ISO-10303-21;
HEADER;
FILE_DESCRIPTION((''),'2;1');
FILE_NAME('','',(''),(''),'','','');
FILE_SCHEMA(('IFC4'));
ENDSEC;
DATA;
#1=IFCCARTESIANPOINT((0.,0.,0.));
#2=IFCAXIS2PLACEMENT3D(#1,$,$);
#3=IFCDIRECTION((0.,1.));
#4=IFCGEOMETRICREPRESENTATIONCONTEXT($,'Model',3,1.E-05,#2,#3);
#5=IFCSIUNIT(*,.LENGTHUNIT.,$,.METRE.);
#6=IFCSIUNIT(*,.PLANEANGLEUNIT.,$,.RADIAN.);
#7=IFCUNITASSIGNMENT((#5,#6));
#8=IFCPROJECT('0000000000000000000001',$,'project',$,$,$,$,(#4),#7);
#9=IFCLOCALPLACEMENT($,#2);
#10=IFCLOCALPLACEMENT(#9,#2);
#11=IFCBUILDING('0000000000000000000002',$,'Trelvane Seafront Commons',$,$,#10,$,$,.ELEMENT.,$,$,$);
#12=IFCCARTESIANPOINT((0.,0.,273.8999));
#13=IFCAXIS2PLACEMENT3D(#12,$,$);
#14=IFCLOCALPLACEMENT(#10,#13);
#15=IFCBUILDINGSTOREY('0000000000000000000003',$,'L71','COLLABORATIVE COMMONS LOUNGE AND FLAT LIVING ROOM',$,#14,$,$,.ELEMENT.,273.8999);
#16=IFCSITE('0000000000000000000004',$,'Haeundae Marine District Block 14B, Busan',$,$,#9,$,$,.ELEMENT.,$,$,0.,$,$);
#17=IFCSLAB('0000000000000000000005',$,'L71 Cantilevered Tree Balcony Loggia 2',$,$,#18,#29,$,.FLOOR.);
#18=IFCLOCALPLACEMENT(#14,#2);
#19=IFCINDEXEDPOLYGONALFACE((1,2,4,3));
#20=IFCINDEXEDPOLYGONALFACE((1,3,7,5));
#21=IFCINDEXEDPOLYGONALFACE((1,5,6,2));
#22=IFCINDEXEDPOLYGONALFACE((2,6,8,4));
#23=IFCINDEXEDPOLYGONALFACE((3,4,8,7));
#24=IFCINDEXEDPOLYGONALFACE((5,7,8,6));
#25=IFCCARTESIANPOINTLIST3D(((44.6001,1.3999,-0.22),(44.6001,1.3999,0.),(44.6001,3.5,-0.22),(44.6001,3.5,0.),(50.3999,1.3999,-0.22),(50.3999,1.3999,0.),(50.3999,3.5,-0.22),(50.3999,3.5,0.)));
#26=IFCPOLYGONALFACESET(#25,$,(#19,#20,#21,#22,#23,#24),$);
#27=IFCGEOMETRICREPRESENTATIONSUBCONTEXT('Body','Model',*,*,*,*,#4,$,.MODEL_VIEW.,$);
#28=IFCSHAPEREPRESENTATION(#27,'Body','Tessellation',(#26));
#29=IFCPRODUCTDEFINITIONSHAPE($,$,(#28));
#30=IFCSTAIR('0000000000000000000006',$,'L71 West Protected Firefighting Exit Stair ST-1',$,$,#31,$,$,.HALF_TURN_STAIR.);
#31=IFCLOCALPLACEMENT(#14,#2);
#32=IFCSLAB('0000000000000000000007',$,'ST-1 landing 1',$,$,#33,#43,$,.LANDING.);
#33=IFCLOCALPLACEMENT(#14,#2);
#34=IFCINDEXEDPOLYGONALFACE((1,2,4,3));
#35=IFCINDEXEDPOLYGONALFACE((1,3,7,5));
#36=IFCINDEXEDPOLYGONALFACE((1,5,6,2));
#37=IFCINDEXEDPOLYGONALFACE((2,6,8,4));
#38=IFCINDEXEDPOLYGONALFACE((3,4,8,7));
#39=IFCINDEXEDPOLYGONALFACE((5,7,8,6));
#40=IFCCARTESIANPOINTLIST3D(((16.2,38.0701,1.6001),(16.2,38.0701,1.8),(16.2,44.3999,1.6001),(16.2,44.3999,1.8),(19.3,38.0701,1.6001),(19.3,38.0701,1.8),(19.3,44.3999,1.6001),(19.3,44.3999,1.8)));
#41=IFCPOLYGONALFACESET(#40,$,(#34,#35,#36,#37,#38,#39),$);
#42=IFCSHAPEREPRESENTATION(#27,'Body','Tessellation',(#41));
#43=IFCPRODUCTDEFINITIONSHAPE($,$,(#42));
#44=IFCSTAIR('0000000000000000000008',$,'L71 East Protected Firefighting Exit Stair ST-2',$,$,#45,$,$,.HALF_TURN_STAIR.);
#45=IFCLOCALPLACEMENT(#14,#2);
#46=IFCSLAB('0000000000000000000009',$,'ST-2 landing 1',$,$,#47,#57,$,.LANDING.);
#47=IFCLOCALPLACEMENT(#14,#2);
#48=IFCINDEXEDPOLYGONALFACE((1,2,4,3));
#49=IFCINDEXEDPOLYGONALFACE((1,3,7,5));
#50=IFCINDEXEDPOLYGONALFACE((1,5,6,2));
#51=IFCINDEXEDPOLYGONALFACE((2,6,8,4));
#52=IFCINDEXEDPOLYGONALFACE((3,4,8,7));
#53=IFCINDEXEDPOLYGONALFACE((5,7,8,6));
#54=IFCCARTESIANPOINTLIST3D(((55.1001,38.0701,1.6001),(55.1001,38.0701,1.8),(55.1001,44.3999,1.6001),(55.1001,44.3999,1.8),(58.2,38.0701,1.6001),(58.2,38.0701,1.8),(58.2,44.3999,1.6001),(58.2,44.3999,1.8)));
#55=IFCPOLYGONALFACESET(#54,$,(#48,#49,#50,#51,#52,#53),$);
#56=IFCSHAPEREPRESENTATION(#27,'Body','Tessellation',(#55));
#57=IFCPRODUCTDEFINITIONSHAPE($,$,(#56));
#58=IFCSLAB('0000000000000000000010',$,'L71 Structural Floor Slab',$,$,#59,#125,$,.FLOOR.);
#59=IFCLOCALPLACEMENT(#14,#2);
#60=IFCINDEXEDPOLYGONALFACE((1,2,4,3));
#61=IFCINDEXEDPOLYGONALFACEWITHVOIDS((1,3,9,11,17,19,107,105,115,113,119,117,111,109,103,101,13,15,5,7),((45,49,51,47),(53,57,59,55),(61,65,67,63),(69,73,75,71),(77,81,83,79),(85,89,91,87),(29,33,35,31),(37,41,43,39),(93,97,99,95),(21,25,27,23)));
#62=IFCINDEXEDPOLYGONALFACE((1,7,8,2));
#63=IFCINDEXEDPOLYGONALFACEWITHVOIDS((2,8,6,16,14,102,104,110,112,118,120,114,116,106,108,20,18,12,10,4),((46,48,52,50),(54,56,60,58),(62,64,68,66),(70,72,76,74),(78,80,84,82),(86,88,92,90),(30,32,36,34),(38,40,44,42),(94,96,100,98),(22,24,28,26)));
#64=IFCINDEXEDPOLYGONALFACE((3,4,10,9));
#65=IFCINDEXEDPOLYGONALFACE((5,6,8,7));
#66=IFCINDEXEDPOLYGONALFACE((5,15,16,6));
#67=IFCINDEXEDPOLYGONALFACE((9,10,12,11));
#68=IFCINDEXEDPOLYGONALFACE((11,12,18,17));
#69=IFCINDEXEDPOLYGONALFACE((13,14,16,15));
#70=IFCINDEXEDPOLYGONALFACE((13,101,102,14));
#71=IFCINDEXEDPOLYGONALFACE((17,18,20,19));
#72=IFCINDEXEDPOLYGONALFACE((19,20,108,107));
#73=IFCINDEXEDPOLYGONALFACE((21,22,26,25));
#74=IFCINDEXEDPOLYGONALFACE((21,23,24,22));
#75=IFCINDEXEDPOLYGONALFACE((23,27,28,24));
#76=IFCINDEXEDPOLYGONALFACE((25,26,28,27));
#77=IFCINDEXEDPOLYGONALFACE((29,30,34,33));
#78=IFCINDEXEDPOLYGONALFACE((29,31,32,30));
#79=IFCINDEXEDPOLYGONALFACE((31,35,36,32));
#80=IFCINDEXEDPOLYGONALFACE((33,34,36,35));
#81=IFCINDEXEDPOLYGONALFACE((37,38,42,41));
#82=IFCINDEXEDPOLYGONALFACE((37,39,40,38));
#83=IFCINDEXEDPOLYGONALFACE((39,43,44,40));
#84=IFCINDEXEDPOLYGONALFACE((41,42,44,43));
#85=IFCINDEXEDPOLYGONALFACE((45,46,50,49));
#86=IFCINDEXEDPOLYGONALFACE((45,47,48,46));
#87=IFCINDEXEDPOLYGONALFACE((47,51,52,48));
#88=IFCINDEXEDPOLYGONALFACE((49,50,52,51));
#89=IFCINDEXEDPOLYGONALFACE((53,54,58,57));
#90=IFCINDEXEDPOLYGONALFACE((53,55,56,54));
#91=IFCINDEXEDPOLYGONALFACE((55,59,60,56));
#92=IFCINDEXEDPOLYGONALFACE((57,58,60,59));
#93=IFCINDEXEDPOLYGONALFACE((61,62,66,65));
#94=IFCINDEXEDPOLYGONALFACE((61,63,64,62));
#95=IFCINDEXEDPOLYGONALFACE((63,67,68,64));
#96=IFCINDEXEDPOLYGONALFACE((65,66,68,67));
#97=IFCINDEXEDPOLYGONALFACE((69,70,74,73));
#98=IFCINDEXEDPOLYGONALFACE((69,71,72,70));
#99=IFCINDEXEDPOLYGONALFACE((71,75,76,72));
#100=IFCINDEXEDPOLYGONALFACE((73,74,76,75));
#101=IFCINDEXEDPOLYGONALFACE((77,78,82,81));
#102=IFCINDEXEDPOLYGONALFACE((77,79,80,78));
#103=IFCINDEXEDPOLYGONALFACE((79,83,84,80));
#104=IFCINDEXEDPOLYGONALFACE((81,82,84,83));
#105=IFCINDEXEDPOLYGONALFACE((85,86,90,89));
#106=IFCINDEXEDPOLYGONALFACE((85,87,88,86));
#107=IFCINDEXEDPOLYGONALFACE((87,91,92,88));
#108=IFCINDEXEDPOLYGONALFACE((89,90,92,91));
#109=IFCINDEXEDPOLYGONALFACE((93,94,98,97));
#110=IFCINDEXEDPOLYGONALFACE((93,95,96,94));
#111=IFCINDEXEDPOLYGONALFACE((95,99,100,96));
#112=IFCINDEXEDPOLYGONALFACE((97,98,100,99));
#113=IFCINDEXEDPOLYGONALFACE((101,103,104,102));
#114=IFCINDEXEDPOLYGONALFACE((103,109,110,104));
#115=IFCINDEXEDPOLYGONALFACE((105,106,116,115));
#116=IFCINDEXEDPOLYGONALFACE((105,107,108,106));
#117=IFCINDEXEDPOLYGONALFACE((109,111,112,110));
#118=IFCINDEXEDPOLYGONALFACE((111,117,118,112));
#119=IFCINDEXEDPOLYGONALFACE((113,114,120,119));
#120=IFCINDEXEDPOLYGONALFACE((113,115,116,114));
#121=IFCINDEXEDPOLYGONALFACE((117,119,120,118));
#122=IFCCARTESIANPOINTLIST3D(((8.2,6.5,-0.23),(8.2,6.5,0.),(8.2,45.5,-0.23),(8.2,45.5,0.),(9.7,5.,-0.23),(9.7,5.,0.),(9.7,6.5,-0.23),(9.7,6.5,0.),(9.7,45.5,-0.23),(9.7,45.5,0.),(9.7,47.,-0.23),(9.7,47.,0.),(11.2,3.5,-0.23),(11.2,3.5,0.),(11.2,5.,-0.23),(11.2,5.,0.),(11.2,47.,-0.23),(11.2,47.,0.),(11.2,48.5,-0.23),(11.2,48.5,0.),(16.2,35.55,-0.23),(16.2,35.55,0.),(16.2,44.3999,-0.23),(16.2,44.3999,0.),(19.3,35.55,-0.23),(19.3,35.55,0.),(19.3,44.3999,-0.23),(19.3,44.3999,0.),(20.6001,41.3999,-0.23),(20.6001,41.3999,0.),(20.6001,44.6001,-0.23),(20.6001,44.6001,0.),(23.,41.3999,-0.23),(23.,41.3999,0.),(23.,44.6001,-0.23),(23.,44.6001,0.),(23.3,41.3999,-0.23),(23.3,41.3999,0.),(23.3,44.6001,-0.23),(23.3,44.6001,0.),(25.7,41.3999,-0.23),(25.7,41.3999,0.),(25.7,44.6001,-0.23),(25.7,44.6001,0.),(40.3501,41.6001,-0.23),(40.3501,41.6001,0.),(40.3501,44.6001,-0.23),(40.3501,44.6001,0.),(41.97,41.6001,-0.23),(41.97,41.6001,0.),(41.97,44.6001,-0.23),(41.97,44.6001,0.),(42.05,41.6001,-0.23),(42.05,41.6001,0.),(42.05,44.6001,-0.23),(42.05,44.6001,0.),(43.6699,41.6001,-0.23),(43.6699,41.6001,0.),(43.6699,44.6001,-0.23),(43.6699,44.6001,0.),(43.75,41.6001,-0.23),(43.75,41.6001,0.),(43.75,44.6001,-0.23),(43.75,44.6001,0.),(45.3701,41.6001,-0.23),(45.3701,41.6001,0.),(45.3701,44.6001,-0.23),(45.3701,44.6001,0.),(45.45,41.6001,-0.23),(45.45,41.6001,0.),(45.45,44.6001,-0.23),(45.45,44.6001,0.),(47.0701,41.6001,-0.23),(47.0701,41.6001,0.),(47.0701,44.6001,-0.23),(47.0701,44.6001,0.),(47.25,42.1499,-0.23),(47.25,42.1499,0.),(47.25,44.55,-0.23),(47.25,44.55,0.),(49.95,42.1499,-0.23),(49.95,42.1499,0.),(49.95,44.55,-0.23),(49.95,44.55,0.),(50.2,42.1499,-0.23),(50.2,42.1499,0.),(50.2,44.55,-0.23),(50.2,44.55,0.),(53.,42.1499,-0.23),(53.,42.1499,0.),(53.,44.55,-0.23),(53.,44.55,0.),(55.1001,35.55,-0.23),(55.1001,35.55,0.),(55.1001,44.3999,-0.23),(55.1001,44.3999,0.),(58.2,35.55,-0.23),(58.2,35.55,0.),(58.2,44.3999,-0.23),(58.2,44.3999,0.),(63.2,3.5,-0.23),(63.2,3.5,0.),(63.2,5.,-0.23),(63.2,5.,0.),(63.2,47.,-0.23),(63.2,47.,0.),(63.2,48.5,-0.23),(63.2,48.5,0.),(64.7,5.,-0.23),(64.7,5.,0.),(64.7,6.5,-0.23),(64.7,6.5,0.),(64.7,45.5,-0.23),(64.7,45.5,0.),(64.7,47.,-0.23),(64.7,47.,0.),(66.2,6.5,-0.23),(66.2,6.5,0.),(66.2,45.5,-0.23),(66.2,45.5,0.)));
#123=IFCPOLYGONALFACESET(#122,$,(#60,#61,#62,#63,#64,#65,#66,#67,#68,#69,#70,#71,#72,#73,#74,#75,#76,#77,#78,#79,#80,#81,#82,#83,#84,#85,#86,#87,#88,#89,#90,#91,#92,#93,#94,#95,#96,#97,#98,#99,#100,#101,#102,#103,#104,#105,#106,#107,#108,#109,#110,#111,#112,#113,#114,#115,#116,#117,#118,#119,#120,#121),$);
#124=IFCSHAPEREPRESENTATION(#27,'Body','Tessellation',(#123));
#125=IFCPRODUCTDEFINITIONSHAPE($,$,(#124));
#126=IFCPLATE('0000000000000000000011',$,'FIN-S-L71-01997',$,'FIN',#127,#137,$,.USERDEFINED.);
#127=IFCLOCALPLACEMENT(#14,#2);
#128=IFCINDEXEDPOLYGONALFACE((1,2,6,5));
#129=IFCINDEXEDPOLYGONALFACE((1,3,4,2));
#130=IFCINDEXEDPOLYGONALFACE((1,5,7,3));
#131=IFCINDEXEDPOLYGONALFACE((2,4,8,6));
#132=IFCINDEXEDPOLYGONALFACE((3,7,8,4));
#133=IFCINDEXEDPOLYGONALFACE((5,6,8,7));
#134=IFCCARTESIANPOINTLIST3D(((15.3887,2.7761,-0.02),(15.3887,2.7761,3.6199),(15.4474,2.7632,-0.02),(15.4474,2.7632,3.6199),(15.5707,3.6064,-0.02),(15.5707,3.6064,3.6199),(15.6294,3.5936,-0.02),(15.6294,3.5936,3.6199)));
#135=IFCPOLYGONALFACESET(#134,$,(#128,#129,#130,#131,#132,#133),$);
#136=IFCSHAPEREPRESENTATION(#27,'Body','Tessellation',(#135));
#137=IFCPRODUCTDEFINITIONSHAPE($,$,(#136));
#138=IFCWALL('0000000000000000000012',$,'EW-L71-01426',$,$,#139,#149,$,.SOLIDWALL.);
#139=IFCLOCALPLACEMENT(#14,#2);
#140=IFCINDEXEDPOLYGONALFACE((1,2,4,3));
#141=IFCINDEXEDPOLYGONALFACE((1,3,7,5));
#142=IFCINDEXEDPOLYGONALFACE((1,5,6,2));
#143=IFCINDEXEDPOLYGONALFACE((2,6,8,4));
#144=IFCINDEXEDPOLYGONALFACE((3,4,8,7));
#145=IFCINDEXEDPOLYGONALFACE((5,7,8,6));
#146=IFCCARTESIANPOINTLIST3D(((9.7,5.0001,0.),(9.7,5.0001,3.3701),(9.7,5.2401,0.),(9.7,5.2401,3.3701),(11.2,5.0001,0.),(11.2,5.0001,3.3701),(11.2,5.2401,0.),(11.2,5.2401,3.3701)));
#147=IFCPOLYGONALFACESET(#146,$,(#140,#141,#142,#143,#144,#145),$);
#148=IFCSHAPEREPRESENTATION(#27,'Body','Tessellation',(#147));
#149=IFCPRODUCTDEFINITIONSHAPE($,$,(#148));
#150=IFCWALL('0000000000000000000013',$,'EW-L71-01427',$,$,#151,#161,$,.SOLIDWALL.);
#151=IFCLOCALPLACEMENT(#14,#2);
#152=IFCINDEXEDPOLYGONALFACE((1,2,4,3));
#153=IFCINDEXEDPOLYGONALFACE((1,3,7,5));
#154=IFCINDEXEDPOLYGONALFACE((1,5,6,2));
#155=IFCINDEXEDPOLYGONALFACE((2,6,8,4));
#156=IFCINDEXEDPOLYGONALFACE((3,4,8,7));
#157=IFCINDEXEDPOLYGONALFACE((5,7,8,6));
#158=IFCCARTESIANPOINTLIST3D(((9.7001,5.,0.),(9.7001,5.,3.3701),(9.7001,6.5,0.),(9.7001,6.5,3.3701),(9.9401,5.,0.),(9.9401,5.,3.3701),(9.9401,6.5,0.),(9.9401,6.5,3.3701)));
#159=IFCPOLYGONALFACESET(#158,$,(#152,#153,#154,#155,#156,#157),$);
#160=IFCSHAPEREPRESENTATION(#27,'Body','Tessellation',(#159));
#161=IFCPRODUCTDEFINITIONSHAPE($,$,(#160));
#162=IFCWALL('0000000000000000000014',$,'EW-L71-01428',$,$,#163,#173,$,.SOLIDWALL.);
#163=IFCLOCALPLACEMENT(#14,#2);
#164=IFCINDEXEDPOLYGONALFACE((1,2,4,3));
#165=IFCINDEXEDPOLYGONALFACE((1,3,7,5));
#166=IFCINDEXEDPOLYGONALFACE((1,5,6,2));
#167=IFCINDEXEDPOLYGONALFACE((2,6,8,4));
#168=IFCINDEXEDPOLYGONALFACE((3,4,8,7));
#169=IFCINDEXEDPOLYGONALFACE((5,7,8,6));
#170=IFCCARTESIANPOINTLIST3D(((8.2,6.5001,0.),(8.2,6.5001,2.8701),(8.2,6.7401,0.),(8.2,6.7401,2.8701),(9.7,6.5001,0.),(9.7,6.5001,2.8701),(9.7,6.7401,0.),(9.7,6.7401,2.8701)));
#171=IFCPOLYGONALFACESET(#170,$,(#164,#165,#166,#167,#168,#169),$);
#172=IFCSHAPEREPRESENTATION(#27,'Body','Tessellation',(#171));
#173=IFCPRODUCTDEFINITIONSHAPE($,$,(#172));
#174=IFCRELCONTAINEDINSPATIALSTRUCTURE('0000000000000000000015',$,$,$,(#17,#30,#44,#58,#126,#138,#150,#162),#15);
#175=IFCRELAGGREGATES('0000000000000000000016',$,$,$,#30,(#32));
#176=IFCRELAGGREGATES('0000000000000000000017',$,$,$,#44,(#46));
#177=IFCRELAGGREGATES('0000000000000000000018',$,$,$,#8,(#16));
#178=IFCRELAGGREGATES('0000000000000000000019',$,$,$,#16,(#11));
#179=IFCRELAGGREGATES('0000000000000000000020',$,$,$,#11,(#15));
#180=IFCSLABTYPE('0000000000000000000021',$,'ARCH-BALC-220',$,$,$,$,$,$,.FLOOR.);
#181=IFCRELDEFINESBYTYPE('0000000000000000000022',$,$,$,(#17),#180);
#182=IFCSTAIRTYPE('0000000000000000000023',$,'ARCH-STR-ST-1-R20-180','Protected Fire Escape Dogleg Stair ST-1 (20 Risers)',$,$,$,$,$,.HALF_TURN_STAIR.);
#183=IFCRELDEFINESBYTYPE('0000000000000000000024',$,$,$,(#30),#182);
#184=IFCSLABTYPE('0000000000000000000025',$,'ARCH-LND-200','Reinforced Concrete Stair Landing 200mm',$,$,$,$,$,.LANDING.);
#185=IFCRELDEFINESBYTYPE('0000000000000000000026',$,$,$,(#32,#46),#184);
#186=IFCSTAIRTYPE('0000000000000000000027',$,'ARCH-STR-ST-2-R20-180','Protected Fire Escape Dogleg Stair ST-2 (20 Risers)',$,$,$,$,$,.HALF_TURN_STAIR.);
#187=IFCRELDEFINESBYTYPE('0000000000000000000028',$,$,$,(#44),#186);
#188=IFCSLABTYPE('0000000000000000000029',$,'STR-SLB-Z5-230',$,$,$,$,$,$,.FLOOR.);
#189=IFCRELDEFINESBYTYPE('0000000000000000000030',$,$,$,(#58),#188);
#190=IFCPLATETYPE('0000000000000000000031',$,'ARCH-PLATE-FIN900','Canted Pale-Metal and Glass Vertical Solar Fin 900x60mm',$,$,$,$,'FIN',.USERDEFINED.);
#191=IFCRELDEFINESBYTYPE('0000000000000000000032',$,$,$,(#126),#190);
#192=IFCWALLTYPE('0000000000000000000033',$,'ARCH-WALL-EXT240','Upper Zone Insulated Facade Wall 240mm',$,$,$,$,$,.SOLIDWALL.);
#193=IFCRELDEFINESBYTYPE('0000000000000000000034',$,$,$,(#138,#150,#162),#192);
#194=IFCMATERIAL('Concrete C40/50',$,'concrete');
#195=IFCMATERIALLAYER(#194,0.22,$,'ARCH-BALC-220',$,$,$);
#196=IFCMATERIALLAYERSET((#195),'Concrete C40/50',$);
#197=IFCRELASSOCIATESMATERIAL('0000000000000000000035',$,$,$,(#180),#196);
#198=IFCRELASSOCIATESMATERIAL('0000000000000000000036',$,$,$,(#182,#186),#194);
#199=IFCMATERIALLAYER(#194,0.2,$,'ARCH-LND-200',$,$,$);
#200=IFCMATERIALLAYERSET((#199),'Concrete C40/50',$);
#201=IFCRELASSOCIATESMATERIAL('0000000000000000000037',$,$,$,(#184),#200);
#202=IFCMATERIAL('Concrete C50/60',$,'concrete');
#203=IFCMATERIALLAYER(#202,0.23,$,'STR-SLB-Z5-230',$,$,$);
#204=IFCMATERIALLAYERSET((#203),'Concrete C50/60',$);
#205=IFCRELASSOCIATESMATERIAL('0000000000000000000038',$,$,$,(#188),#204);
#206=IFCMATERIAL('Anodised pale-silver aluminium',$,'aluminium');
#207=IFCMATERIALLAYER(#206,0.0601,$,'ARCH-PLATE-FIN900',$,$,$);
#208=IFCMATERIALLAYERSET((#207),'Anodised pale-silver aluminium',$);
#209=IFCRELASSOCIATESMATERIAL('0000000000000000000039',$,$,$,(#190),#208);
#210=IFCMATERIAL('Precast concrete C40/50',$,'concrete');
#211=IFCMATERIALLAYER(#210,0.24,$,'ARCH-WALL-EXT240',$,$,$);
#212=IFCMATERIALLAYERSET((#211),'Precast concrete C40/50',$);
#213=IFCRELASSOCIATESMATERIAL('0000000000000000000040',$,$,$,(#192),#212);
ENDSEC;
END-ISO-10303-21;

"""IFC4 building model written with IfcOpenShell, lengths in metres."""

from ifc_helpers import new_model, si_unit, direction, frame, frame_2d, origin, origin_2d, place, context, subcontext, project, spatial, polyline, rectangle, outline, extrude, source, transform, mapped, material, layer, layer_set, type_object, element, aggregate, save


model = new_model("IFC4")

# Units and contexts
model_context = context("Model", 3, precision=1e-05, world=origin(), true_north=direction((0.0, 1.0)))
body_context = subcontext(model_context, "Body", "Model", "MODEL_VIEW")
ifc_project = project(units=[si_unit("LENGTHUNIT", "METRE"), si_unit("PLANEANGLEUNIT", "RADIAN")], contexts=[model_context])

# Site, building, storey
site_placement = place(None, origin())
site = spatial("IfcSite", under=ifc_project, at=site_placement, Name="Haeundae Marine District Block 14B, Busan", CompositionType="ELEMENT", RefElevation=0.0)
building_placement = place(site_placement, origin())
building = spatial("IfcBuilding", under=site, at=building_placement, Name="Trelvane Seafront Commons", CompositionType="ELEMENT")
storey_placement = place(building_placement, frame((0.0, 0.0, 273.8999)))
storey = spatial("IfcBuildingStorey", under=building, at=storey_placement, Name="L71", Description="COLLABORATIVE COMMONS LOUNGE AND FLAT LIVING ROOM", CompositionType="ELEMENT", Elevation=273.8999)

# Slab
ifc_material_1 = material(Name="Concrete C40/50", Category="concrete")
ifc_layer_1 = layer(ifc_material_1, 0.22, Name="ARCH-BALC-220")
ifc_layer_set_1 = layer_set([ifc_layer_1], Name="Concrete C40/50")
slab_type_1 = type_object("IfcSlabType", Name="ARCH-BALC-220", PredefinedType="FLOOR", material=ifc_layer_set_1)
slab_1_placement = place(storey_placement, frame((0.0, 0.0, -0.22)))
element("IfcSlab", 1, at=slab_1_placement, inside=storey, type_object=slab_type_1, Name="L71 Cantilevered Tree Balcony Loggia 2", PredefinedType="FLOOR", context=body_context, shape_type="SweptSolid", body=[
    extrude(outline(polyline([(44.6001, 1.3999), (50.3999, 1.3999), (50.3999, 3.5), (44.6001, 3.5), (44.6001, 1.3999)])), origin(), (0.0, 0.0, 1.0), 0.22),
])

# Stairs, slabs
stair_type_1 = type_object("IfcStairType", Name="ARCH-STR-ST-1-R20-180", Description="Protected Fire Escape Dogleg Stair ST-1 (20 Risers)", PredefinedType="HALF_TURN_STAIR", material=ifc_material_1)
stair_1_placement = place(storey_placement, origin())
stair_1 = element("IfcStair", 2, at=stair_1_placement, inside=storey, type_object=stair_type_1, Name="L71 West Protected Firefighting Exit Stair ST-1", PredefinedType="HALF_TURN_STAIR")
ifc_layer_2 = layer(ifc_material_1, 0.2, Name="ARCH-LND-200")
ifc_layer_set_2 = layer_set([ifc_layer_2], Name="Concrete C40/50")
slab_type_2 = type_object("IfcSlabType", Name="ARCH-LND-200", Description="Reinforced Concrete Stair Landing 200mm", PredefinedType="LANDING", material=ifc_layer_set_2)
slab_2_placement = place(storey_placement, frame((0.0, 0.0, 1.6001)))
slab_2 = element("IfcSlab", 3, at=slab_2_placement, type_object=slab_type_2, Name="ST-1 landing 1", PredefinedType="LANDING", context=body_context, shape_type="SweptSolid", body=[
    extrude(outline(polyline([(19.3, 38.0701), (19.3, 44.3999), (16.2, 44.3999), (16.2, 38.0701), (19.3, 38.0701)])), origin(), (0.0, 0.0, 1.0), 0.2),
])
aggregate(stair_1, [slab_2])
stair_type_2 = type_object("IfcStairType", Name="ARCH-STR-ST-2-R20-180", Description="Protected Fire Escape Dogleg Stair ST-2 (20 Risers)", PredefinedType="HALF_TURN_STAIR", material=ifc_material_1)
stair_2_placement = place(storey_placement, origin())
stair_2 = element("IfcStair", 4, at=stair_2_placement, inside=storey, type_object=stair_type_2, Name="L71 East Protected Firefighting Exit Stair ST-2", PredefinedType="HALF_TURN_STAIR")
slab_3_placement = place(storey_placement, frame((0.0, 0.0, 1.6001)))
slab_3 = element("IfcSlab", 5, at=slab_3_placement, type_object=slab_type_2, Name="ST-2 landing 1", PredefinedType="LANDING", context=body_context, shape_type="SweptSolid", body=[
    extrude(outline(polyline([(58.2, 38.0701), (58.2, 44.3999), (55.1001, 44.3999), (55.1001, 38.0701), (58.2, 38.0701)])), origin(), (0.0, 0.0, 1.0), 0.2),
])
aggregate(stair_2, [slab_3])

# Slab
ifc_material_2 = material(Name="Concrete C50/60", Category="concrete")
ifc_layer_3 = layer(ifc_material_2, 0.23, Name="STR-SLB-Z5-230")
ifc_layer_set_3 = layer_set([ifc_layer_3], Name="Concrete C50/60")
slab_type_3 = type_object("IfcSlabType", Name="STR-SLB-Z5-230", PredefinedType="FLOOR", material=ifc_layer_set_3)
slab_4_placement = place(storey_placement, frame((0.0, 0.0, -0.23)))
element("IfcSlab", 6, at=slab_4_placement, inside=storey, type_object=slab_type_3, Name="L71 Structural Floor Slab", PredefinedType="FLOOR", context=body_context, shape_type="SweptSolid", body=[
    extrude(outline(polyline([(11.2, 3.5), (63.2, 3.5), (63.2, 5.0), (64.7, 5.0), (64.7, 6.5), (66.2, 6.5), (66.2, 45.5), (64.7, 45.5), (64.7, 47.0), (63.2, 47.0), (63.2, 48.5), (11.2, 48.5), (11.2, 47.0), (9.7, 47.0), (9.7, 45.5), (8.2, 45.5), (8.2, 6.5), (9.7, 6.5), (9.7, 5.0), (11.2, 5.0), (11.2, 3.5)]), holes=[polyline([(19.3, 35.55), (16.2, 35.55), (16.2, 44.3999), (19.3, 44.3999), (19.3, 35.55)]), polyline([(58.2, 35.55), (55.1001, 35.55), (55.1001, 44.3999), (58.2, 44.3999), (58.2, 35.55)]), polyline([(23.0, 41.3999), (20.6001, 41.3999), (20.6001, 44.6001), (23.0, 44.6001), (23.0, 41.3999)]), polyline([(23.3, 41.3999), (23.3, 44.6001), (25.7, 44.6001), (25.7, 41.3999), (23.3, 41.3999)]), polyline([(40.3501, 41.6001), (40.3501, 44.6001), (41.97, 44.6001), (41.97, 41.6001), (40.3501, 41.6001)]), polyline([(43.6699, 41.6001), (42.05, 41.6001), (42.05, 44.6001), (43.6699, 44.6001), (43.6699, 41.6001)]), polyline([(45.3701, 41.6001), (43.75, 41.6001), (43.75, 44.6001), (45.3701, 44.6001), (45.3701, 41.6001)]), polyline([(47.0701, 41.6001), (45.45, 41.6001), (45.45, 44.6001), (47.0701, 44.6001), (47.0701, 41.6001)]), polyline([(47.25, 42.1499), (47.25, 44.55), (49.95, 44.55), (49.95, 42.1499), (47.25, 42.1499)]), polyline([(50.2, 42.1499), (50.2, 44.55), (53.0, 44.55), (53.0, 42.1499), (50.2, 42.1499)])]), origin(), (0.0, 0.0, 1.0), 0.23),
])

# Plate
ifc_material_3 = material(Name="Anodised pale-silver aluminium", Category="aluminium")
ifc_layer_4 = layer(ifc_material_3, 0.0601, Name="ARCH-PLATE-FIN900")
ifc_layer_set_4 = layer_set([ifc_layer_4], Name="Anodised pale-silver aluminium")
plate_type = type_object("IfcPlateType", Name="ARCH-PLATE-FIN900", Description="Canted Pale-Metal and Glass Vertical Solar Fin 900x60mm", ElementType="FIN", PredefinedType="USERDEFINED", material=ifc_layer_set_4)
shared_shape_1 = source(origin(), body_context, "Body", "SweptSolid", [
    extrude(rectangle(XDim=0.8501, YDim=0.0601, at=origin_2d()), origin(), (0.0, 0.0, 1.0), 3.6399),
])
plate_placement = place(storey_placement, frame((15.509, 3.1848, -0.02), z_axis=(0.0, 0.0, 1.0), x_axis=(-0.214115, -0.976809, 0.0)))
element("IfcPlate", 7, at=plate_placement, inside=storey, type_object=plate_type, Name="FIN-S-L71-01997", ObjectType="FIN", PredefinedType="USERDEFINED", context=body_context, shape_type="MappedRepresentation", body=[
    mapped(shared_shape_1, transform((0.0, 0.0, 0.0), x_axis=(1.0, 0.0, 0.0), y_axis=(0.0, 1.0, 0.0), z_axis=(0.0, 0.0, 1.0), scale=1.0)),
])

# Walls
ifc_material_4 = material(Name="Precast concrete C40/50", Category="concrete")
ifc_layer_5 = layer(ifc_material_4, 0.24, Name="ARCH-WALL-EXT240")
ifc_layer_set_5 = layer_set([ifc_layer_5], Name="Precast concrete C40/50")
wall_type_1 = type_object("IfcWallType", Name="ARCH-WALL-EXT240", Description="Upper Zone Insulated Facade Wall 240mm", PredefinedType="SOLIDWALL", material=ifc_layer_set_5)
for number, where, z_axis, x_axis, name in (
    (8, (11.2, 5.1201, 0.0), (0.0, 0.0, 1.0), (-1.0, 0.0, 0.0), "EW-L71-01426"),
    (9, (9.8201, 5.0, 0.0), (0.0, 0.0, 1.0), (0.0, 1.0, 0.0), "EW-L71-01427"),
):
    element("IfcWall", number, at=place(storey_placement, frame(where, z_axis=z_axis, x_axis=x_axis)), inside=storey, type_object=wall_type_1, Name=name, PredefinedType="SOLIDWALL", context=body_context, shape_type="SweptSolid", body=[
        extrude(rectangle(XDim=1.5, YDim=0.24, at=frame_2d((0.75, 0.0))), origin(), (0.0, 0.0, 1.0), 3.3701),
    ])
wall_1_placement = place(storey_placement, frame((9.7, 6.6201, 0.0), z_axis=(0.0, 0.0, 1.0), x_axis=(-1.0, 0.0, 0.0)))
element("IfcWall", 10, at=wall_1_placement, inside=storey, type_object=wall_type_1, Name="EW-L71-01428", PredefinedType="SOLIDWALL", context=body_context, shape_type="SweptSolid", body=[
    extrude(rectangle(XDim=1.5, YDim=0.24, at=frame_2d((0.75, 0.0))), origin(), (0.0, 0.0, 1.0), 2.8701),
])

save(model, "model.ifc")
